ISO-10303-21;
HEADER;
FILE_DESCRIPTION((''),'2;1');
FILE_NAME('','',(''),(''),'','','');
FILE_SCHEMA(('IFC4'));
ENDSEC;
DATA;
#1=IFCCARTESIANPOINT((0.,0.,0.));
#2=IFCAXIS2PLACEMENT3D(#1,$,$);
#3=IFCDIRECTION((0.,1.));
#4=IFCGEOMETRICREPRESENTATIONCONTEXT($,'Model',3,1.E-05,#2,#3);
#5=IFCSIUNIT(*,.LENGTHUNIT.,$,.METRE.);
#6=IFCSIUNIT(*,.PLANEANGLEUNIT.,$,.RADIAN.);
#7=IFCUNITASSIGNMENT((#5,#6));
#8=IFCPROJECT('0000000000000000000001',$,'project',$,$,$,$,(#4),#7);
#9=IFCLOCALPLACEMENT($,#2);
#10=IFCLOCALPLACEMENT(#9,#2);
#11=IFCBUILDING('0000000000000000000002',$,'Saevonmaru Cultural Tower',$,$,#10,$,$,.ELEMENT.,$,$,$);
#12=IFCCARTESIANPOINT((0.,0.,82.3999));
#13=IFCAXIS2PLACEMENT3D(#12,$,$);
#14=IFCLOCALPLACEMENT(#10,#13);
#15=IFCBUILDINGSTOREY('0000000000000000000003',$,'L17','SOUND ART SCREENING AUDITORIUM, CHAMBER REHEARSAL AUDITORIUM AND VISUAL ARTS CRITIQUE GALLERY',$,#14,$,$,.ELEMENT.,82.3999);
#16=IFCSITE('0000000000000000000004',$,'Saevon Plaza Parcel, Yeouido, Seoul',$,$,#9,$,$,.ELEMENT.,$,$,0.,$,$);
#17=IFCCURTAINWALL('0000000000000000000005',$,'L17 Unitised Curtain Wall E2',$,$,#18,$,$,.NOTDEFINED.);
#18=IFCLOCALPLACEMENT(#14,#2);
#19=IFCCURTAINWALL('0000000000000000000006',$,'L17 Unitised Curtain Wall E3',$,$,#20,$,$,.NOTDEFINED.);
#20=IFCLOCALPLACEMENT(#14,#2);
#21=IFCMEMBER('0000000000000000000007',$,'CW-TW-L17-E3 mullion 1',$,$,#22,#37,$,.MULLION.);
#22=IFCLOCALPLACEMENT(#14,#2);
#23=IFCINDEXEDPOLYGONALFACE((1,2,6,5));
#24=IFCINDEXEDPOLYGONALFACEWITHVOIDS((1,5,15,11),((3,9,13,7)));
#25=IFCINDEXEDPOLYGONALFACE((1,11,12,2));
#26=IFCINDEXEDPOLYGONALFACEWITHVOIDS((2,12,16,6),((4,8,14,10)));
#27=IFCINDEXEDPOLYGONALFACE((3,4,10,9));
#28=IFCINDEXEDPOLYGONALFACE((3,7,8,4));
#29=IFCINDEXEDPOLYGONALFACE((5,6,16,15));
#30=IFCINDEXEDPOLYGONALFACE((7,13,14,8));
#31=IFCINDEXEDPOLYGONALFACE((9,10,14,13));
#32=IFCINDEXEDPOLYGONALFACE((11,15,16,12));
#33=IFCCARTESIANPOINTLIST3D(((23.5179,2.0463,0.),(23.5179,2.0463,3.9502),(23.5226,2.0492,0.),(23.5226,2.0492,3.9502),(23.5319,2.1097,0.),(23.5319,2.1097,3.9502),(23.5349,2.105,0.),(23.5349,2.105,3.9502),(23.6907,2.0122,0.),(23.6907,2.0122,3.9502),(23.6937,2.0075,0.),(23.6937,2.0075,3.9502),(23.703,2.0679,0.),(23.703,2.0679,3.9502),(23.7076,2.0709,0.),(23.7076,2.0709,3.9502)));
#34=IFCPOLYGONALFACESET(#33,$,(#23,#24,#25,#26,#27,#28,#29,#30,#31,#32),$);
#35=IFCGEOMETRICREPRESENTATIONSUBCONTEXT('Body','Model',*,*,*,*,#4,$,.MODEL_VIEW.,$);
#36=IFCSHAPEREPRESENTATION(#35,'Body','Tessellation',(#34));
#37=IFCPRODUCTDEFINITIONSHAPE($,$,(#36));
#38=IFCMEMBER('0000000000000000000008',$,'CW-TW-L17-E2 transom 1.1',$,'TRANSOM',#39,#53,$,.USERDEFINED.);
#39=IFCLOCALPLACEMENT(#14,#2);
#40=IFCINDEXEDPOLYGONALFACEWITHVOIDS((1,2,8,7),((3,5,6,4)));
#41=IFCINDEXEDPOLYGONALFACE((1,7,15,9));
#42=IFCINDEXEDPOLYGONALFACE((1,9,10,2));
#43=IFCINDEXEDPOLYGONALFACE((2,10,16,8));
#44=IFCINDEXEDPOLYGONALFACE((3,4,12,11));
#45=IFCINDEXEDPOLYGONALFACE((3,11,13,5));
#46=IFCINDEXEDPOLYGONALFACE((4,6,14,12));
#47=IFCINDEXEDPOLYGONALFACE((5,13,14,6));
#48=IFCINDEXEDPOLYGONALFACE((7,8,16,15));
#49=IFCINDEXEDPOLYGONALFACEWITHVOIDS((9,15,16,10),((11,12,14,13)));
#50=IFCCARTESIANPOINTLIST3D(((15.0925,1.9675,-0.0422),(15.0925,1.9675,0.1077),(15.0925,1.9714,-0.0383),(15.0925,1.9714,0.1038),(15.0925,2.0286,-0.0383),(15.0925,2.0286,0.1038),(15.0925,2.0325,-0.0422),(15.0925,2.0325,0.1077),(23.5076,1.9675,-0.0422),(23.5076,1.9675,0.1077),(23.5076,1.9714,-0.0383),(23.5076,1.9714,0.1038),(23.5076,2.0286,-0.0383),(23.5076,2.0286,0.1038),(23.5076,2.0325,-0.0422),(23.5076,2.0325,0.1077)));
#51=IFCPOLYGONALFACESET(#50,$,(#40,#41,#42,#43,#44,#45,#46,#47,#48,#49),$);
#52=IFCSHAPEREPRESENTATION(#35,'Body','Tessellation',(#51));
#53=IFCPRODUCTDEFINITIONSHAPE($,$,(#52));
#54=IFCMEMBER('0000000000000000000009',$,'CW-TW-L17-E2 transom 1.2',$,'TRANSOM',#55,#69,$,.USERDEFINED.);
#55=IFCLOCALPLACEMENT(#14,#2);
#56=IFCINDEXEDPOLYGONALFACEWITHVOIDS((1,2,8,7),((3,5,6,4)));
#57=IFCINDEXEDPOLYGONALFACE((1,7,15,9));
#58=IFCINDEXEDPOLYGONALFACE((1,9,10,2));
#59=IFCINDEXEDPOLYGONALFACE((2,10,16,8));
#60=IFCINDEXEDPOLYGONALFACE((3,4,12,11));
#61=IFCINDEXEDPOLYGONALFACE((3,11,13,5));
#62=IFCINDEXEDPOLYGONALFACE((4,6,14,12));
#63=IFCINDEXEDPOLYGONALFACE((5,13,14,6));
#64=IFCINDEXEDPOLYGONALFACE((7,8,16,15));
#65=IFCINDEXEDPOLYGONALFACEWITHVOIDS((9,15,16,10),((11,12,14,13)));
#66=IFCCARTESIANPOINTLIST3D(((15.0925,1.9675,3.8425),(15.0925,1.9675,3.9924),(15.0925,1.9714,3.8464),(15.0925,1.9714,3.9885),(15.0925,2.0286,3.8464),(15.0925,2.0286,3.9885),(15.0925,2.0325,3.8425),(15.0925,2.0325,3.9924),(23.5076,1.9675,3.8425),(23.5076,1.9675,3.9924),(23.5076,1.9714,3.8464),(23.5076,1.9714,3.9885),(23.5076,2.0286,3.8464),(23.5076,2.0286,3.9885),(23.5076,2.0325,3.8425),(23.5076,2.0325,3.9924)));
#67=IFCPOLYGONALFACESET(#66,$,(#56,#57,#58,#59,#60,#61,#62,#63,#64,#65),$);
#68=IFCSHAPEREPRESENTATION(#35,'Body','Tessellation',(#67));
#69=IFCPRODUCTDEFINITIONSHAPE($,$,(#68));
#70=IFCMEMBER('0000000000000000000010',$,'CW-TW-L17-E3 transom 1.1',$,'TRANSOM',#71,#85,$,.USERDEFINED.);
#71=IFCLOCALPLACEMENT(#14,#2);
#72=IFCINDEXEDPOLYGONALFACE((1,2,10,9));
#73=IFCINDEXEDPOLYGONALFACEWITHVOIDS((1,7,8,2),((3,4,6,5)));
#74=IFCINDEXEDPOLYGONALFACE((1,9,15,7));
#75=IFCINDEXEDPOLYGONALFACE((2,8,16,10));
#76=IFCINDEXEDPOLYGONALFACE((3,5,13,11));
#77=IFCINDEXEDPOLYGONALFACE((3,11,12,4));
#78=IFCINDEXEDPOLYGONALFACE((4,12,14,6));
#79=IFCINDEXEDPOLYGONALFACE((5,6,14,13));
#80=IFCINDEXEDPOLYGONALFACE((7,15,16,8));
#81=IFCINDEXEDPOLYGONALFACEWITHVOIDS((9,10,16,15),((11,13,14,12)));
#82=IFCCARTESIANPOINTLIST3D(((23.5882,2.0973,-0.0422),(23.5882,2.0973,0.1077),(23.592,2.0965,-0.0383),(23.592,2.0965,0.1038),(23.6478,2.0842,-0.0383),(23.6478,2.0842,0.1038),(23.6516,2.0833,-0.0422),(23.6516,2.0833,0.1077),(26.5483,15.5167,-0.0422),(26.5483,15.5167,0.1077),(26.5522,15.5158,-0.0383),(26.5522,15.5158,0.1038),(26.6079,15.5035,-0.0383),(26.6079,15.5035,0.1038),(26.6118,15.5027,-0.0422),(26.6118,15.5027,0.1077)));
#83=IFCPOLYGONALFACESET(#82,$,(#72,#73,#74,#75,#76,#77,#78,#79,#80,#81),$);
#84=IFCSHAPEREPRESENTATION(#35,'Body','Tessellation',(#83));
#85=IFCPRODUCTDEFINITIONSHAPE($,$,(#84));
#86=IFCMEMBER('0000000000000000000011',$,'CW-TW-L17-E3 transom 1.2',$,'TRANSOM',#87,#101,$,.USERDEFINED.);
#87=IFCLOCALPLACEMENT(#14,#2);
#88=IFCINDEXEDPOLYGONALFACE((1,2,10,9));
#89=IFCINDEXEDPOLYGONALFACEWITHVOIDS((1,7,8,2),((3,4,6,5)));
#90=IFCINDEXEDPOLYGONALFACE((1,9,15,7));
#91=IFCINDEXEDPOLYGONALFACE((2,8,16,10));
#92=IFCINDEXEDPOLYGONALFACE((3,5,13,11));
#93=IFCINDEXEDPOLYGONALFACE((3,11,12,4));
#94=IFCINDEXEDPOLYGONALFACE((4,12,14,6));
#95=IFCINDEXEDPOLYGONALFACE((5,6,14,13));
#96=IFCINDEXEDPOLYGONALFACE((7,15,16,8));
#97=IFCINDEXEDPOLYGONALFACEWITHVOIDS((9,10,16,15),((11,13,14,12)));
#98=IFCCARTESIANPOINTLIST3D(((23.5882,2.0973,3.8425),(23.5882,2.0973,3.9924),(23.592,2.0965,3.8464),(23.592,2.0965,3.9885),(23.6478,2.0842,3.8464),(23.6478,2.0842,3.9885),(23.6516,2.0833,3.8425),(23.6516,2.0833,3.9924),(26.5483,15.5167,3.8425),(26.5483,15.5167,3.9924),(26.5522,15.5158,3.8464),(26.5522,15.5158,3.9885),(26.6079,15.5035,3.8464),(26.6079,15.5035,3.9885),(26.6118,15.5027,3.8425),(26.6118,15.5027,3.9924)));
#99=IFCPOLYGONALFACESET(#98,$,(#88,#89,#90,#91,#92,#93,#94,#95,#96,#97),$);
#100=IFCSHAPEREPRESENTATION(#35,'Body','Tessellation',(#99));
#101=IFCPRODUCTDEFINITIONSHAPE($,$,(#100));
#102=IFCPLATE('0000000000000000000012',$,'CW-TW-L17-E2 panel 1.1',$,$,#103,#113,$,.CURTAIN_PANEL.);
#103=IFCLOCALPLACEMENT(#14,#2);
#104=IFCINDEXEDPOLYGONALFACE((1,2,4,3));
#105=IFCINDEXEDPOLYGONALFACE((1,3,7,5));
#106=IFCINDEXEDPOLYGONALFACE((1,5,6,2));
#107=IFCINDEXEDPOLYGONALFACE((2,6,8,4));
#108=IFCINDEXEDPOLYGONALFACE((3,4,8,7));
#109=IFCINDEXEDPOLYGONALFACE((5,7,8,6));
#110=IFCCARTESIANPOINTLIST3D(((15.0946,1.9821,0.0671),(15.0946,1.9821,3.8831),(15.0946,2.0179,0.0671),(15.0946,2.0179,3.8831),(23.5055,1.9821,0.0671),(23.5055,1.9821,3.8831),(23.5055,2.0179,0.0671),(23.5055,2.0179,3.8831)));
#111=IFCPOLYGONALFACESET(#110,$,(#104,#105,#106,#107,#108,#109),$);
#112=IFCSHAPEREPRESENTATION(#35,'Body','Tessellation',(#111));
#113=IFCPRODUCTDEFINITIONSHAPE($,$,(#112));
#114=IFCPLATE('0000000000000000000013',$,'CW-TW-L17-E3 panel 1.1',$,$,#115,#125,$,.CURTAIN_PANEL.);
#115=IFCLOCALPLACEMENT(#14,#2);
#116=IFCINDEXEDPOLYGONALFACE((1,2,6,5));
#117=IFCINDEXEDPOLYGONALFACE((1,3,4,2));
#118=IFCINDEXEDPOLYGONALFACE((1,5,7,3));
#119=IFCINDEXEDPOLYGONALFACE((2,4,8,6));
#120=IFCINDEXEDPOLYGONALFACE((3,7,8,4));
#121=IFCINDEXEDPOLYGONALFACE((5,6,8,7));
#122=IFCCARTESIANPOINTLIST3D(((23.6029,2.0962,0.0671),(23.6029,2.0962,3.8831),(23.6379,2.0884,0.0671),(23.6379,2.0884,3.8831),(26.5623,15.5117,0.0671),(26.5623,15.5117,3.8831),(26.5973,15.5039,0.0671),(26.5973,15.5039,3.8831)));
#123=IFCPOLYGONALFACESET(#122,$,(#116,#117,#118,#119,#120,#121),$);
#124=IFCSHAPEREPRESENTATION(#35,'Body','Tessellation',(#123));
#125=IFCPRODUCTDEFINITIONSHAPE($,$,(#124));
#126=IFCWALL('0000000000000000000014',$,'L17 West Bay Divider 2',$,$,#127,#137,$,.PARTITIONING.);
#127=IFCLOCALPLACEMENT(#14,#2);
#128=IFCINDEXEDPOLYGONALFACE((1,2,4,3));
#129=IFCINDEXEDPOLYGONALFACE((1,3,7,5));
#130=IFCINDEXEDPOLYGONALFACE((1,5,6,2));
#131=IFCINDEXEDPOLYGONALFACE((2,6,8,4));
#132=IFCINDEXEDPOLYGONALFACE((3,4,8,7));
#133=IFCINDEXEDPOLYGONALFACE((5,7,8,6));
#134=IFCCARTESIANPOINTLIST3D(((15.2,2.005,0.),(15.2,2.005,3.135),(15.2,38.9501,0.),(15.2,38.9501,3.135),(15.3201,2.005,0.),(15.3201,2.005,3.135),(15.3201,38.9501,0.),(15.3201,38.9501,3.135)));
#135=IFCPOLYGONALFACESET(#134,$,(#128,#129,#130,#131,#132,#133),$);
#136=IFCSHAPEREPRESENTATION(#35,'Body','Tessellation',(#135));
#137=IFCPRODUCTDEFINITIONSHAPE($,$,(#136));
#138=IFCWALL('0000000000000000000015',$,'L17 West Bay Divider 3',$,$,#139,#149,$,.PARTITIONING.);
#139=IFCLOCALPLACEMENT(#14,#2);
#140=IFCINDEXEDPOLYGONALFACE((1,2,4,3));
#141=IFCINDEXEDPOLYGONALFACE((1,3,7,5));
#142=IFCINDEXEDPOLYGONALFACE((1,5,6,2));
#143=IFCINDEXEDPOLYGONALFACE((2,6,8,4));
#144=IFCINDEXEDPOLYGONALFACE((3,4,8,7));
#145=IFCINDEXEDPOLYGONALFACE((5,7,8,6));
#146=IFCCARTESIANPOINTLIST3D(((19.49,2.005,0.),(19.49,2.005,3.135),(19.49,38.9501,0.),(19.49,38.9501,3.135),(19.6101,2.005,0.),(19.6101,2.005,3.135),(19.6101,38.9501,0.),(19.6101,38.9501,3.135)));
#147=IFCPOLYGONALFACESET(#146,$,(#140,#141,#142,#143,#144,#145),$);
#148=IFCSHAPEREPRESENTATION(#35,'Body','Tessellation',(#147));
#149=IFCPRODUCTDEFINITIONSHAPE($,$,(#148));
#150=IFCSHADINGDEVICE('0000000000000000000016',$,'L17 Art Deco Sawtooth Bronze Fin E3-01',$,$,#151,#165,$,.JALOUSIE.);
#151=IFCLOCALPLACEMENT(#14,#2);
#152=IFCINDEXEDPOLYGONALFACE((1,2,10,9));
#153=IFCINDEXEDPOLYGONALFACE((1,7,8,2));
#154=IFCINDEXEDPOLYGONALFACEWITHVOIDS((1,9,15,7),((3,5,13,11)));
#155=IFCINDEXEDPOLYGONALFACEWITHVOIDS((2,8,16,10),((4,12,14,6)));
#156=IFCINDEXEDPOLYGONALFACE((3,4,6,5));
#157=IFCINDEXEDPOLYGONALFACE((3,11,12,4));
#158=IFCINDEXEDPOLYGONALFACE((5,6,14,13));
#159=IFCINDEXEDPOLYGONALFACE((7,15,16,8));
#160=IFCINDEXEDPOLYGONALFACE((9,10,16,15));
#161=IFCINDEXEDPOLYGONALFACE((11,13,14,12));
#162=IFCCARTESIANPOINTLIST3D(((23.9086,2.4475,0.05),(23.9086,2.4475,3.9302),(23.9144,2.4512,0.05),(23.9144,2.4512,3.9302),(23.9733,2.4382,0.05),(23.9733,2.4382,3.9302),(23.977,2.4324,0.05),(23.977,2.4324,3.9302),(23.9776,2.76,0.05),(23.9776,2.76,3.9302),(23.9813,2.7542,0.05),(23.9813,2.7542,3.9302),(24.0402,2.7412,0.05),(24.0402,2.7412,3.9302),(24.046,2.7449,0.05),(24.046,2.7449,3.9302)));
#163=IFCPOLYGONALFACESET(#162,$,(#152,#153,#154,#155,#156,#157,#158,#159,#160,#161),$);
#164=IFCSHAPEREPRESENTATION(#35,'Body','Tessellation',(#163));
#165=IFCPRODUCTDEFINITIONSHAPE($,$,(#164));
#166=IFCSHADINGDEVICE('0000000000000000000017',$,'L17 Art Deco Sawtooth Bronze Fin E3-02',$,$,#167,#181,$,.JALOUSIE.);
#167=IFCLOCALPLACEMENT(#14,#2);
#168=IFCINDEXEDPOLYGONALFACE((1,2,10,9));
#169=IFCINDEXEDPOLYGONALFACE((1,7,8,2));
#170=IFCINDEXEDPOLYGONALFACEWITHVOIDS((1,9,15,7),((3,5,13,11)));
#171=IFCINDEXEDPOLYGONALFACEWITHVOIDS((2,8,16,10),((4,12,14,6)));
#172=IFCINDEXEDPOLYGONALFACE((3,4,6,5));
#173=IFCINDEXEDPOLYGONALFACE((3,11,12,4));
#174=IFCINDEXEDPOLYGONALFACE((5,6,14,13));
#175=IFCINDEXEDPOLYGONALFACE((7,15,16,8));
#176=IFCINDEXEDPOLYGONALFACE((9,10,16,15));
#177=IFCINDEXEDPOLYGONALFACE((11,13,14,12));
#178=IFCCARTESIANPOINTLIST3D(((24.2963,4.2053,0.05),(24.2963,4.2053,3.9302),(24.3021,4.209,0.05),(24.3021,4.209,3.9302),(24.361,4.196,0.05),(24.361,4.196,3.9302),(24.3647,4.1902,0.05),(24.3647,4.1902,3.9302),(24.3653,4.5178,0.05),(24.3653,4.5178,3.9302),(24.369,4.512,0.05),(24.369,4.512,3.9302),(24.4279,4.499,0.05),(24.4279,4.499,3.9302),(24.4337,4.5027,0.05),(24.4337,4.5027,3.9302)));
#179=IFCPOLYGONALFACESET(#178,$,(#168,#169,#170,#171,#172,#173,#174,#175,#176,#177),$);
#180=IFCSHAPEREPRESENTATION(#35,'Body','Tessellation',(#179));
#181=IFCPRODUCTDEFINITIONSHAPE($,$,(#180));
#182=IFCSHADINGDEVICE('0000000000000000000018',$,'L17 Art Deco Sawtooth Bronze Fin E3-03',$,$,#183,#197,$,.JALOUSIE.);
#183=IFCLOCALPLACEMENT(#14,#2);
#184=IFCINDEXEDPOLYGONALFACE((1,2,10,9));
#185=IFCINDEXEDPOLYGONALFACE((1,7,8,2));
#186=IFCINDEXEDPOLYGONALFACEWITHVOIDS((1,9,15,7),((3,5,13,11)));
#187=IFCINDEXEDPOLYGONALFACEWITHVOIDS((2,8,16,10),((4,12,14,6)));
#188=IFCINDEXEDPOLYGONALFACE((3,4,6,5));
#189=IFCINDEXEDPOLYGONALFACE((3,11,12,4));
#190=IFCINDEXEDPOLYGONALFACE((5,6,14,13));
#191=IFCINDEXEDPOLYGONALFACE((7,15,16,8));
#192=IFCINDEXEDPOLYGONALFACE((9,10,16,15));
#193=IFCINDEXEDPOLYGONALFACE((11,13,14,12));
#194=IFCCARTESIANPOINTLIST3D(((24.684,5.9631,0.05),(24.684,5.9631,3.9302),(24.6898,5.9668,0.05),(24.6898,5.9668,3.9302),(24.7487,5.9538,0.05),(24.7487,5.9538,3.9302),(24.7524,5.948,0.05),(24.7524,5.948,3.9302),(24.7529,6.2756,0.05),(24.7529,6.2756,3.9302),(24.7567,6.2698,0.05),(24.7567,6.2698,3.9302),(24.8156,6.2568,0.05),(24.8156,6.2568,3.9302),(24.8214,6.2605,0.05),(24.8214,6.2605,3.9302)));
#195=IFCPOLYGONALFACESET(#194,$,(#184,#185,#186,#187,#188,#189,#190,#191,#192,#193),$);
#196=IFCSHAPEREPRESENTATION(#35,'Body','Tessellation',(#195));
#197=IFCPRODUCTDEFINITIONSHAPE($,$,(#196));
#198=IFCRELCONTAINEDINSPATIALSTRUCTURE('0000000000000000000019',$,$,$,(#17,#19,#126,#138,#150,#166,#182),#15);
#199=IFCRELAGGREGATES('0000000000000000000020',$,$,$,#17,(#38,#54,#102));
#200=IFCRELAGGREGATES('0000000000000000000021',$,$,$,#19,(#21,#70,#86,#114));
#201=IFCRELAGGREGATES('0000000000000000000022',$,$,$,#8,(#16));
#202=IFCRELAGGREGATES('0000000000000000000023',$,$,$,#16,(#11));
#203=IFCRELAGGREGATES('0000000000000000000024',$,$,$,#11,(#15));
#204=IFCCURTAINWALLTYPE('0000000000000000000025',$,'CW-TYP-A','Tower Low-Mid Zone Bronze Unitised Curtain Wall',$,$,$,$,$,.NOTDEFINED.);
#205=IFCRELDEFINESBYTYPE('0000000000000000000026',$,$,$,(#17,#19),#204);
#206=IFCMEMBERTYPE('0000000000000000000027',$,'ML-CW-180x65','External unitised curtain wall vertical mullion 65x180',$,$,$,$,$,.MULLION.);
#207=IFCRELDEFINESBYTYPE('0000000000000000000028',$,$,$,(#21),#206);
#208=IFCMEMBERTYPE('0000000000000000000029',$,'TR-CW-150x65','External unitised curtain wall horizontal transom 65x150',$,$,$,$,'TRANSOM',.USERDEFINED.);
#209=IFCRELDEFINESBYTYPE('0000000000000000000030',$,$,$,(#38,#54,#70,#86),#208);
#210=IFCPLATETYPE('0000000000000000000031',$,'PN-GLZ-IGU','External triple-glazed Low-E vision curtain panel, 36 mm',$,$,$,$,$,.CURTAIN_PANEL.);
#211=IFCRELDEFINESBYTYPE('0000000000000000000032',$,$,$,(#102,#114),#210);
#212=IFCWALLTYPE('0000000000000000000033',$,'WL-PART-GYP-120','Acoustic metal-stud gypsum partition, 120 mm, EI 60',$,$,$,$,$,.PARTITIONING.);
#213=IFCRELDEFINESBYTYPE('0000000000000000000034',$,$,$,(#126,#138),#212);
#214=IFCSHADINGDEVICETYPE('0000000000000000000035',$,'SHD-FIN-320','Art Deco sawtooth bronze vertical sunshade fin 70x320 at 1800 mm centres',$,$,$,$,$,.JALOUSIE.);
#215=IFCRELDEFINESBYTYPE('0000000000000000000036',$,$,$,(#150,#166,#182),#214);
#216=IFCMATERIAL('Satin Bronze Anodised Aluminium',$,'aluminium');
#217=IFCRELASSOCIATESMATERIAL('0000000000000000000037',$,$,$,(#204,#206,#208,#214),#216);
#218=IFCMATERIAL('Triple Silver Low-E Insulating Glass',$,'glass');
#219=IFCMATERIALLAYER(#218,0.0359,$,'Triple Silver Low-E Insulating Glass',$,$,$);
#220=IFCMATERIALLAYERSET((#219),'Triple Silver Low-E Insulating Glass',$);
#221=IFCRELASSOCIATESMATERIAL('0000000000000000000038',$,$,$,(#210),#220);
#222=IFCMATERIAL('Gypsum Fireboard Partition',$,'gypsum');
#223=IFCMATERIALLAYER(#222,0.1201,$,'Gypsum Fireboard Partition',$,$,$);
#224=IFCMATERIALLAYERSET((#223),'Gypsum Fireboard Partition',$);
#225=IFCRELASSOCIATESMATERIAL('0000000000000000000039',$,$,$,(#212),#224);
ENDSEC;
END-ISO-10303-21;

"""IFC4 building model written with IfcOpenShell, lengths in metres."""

from ifc_helpers import new_model, si_unit, direction, frame, frame_2d, origin, origin_2d, place, context, subcontext, project, spatial, rectangle, hollow_rectangle, extrude, material, layer, layer_set, material_profile, profile_set, type_object, element, aggregate, save


model = new_model("IFC4")

# Units and contexts
model_context = context("Model", 3, precision=1e-05, world=origin(), true_north=direction((0.0, 1.0)))
body_context = subcontext(model_context, "Body", "Model", "MODEL_VIEW")
ifc_project = project(units=[si_unit("LENGTHUNIT", "METRE"), si_unit("PLANEANGLEUNIT", "RADIAN")], contexts=[model_context])

# Site, building, storey
site_placement = place(None, origin())
site = spatial("IfcSite", under=ifc_project, at=site_placement, Name="Saevon Plaza Parcel, Yeouido, Seoul", CompositionType="ELEMENT", RefElevation=0.0)
building_placement = place(site_placement, origin())
building = spatial("IfcBuilding", under=site, at=building_placement, Name="Saevonmaru Cultural Tower", CompositionType="ELEMENT")
storey_placement = place(building_placement, frame((0.0, 0.0, 82.3999)))
storey = spatial("IfcBuildingStorey", under=building, at=storey_placement, Name="L17", Description="SOUND ART SCREENING AUDITORIUM, CHAMBER REHEARSAL AUDITORIUM AND VISUAL ARTS CRITIQUE GALLERY", CompositionType="ELEMENT", Elevation=82.3999)

# Curtain wall
ifc_material_1 = material(Name="Satin Bronze Anodised Aluminium", Category="aluminium")
curtain_wall_type = type_object("IfcCurtainWallType", Name="CW-TYP-A", Description="Tower Low-Mid Zone Bronze Unitised Curtain Wall", PredefinedType="NOTDEFINED", material=ifc_material_1)
curtain_wall_1_placement = place(storey_placement, origin())
curtain_wall_1 = element("IfcCurtainWall", 1, at=curtain_wall_1_placement, inside=storey, type_object=curtain_wall_type, Name="L17 Unitised Curtain Wall E2", PredefinedType="NOTDEFINED")
ifc_material_profile_1 = material_profile(ifc_material_1, hollow_rectangle(XDim=0.0649, YDim=0.1799, WallThickness=0.0039, at=origin_2d()), Name="ALU-MULL-180x65x4")
ifc_profile_set_1 = profile_set([ifc_material_profile_1], Name="Satin Bronze Anodised Aluminium")
member_type_1 = type_object("IfcMemberType", Name="ML-CW-180x65", Description="External unitised curtain wall vertical mullion 65x180", PredefinedType="MULLION", material=ifc_profile_set_1)

# Curtain wall, member
curtain_wall_2_placement = place(storey_placement, origin())
curtain_wall_2 = element("IfcCurtainWall", 2, at=curtain_wall_2_placement, inside=storey, type_object=curtain_wall_type, Name="L17 Unitised Curtain Wall E3", PredefinedType="NOTDEFINED")
member_1_placement = place(storey_placement, frame((23.6128, 2.0586, 0.0), z_axis=(0.0, 0.0, 1.0), x_axis=(0.215413, 0.976523, 0.0)))
member_1 = element("IfcMember", 3, at=member_1_placement, type_object=member_type_1, Name="CW-TW-L17-E3 mullion 1", PredefinedType="MULLION", context=body_context, shape_type="SweptSolid", body=[
    extrude(hollow_rectangle(XDim=0.0649, YDim=0.1799, WallThickness=0.0039, at=origin_2d()), origin(), (0.0, 0.0, 1.0), 3.9502),
])

# Members
ifc_material_profile_2 = material_profile(ifc_material_1, hollow_rectangle(XDim=0.0649, YDim=0.1499, WallThickness=0.0039, at=origin_2d()), Name="ALU-TRAN-150x65x4")
ifc_profile_set_2 = profile_set([ifc_material_profile_2], Name="Satin Bronze Anodised Aluminium")
member_type_2 = type_object("IfcMemberType", Name="TR-CW-150x65", Description="External unitised curtain wall horizontal transom 65x150", ElementType="TRANSOM", PredefinedType="USERDEFINED", material=ifc_profile_set_2)
member_2_placement = place(storey_placement, frame((15.0925, 2.0, 0.0327), z_axis=(1.0, 0.0, 0.0), x_axis=(0.0, 1.0, 0.0)))
member_2 = element("IfcMember", 4, at=member_2_placement, type_object=member_type_2, Name="CW-TW-L17-E2 transom 1.1", ObjectType="TRANSOM", PredefinedType="USERDEFINED", context=body_context, shape_type="SweptSolid", body=[
    extrude(hollow_rectangle(XDim=0.0649, YDim=0.1499, WallThickness=0.0039, at=origin_2d()), origin(), (0.0, 0.0, 1.0), 8.415),
])
member_3_placement = place(storey_placement, frame((15.0925, 2.0, 3.9175), z_axis=(1.0, 0.0, 0.0), x_axis=(0.0, 1.0, 0.0)))
member_3 = element("IfcMember", 5, at=member_3_placement, type_object=member_type_2, Name="CW-TW-L17-E2 transom 1.2", ObjectType="TRANSOM", PredefinedType="USERDEFINED", context=body_context, shape_type="SweptSolid", body=[
    extrude(hollow_rectangle(XDim=0.0649, YDim=0.1499, WallThickness=0.0039, at=origin_2d()), origin(), (0.0, 0.0, 1.0), 8.415),
])
member_4_placement = place(storey_placement, frame((23.6199, 2.0903, 0.0327), z_axis=(0.215412, 0.976523, 0.0), x_axis=(-0.976523, 0.215412, 0.0)))
member_4 = element("IfcMember", 6, at=member_4_placement, type_object=member_type_2, Name="CW-TW-L17-E3 transom 1.1", ObjectType="TRANSOM", PredefinedType="USERDEFINED", context=body_context, shape_type="SweptSolid", body=[
    extrude(hollow_rectangle(XDim=0.0649, YDim=0.1499, WallThickness=0.0039, at=origin_2d()), origin(), (0.0, 0.0, 1.0), 13.7419),
])
member_5_placement = place(storey_placement, frame((23.6199, 2.0903, 3.9175), z_axis=(0.215412, 0.976523, 0.0), x_axis=(-0.976523, 0.215412, 0.0)))
member_5 = element("IfcMember", 7, at=member_5_placement, type_object=member_type_2, Name="CW-TW-L17-E3 transom 1.2", ObjectType="TRANSOM", PredefinedType="USERDEFINED", context=body_context, shape_type="SweptSolid", body=[
    extrude(hollow_rectangle(XDim=0.0649, YDim=0.1499, WallThickness=0.0039, at=origin_2d()), origin(), (0.0, 0.0, 1.0), 13.7419),
])

# Plates
ifc_material_2 = material(Name="Triple Silver Low-E Insulating Glass", Category="glass")
ifc_layer_1 = layer(ifc_material_2, 0.0359, Name="Triple Silver Low-E Insulating Glass")
ifc_layer_set_1 = layer_set([ifc_layer_1], Name="Triple Silver Low-E Insulating Glass")
plate_type = type_object("IfcPlateType", Name="PN-GLZ-IGU", Description="External triple-glazed Low-E vision curtain panel, 36 mm", PredefinedType="CURTAIN_PANEL", material=ifc_layer_set_1)
plate_1_placement = place(storey_placement, frame((19.3, 2.0, 0.0671), z_axis=(0.0, 0.0, 1.0), x_axis=(1.0, 0.0, 0.0)))
plate_1 = element("IfcPlate", 8, at=plate_1_placement, type_object=plate_type, Name="CW-TW-L17-E2 panel 1.1", PredefinedType="CURTAIN_PANEL", context=body_context, shape_type="SweptSolid", body=[
    extrude(rectangle(XDim=8.4109, YDim=0.0359, at=origin_2d()), origin(), (0.0, 0.0, 1.0), 3.8159),
])
aggregate(curtain_wall_1, [member_2, member_3, plate_1])
plate_2_placement = place(storey_placement, frame((25.1001, 8.8, 0.0671), z_axis=(0.0, 0.0, 1.0), x_axis=(0.215413, 0.976523, 0.0)))
plate_2 = element("IfcPlate", 9, at=plate_2_placement, type_object=plate_type, Name="CW-TW-L17-E3 panel 1.1", PredefinedType="CURTAIN_PANEL", context=body_context, shape_type="SweptSolid", body=[
    extrude(rectangle(XDim=13.738, YDim=0.0359, at=origin_2d()), origin(), (0.0, 0.0, 1.0), 3.8159),
])
aggregate(curtain_wall_2, [member_1, member_4, member_5, plate_2])

# Walls
ifc_material_3 = material(Name="Gypsum Fireboard Partition", Category="gypsum")
ifc_layer_2 = layer(ifc_material_3, 0.1201, Name="Gypsum Fireboard Partition")
ifc_layer_set_2 = layer_set([ifc_layer_2], Name="Gypsum Fireboard Partition")
wall_type = type_object("IfcWallType", Name="WL-PART-GYP-120", Description="Acoustic metal-stud gypsum partition, 120 mm, EI 60", PredefinedType="PARTITIONING", material=ifc_layer_set_2)
for number, where, z_axis, x_axis, name in (
    (10, (15.26, 2.0049, 0.0), (0.0, 0.0, 1.0), (0.0, 1.0, 0.0), "L17 West Bay Divider 2"),
    (11, (19.55, 2.0049, 0.0), (0.0, 0.0, 1.0), (0.0, 1.0, 0.0), "L17 West Bay Divider 3"),
):
    element("IfcWall", number, at=place(storey_placement, frame(where, z_axis=z_axis, x_axis=x_axis)), inside=storey, type_object=wall_type, Name=name, PredefinedType="PARTITIONING", context=body_context, shape_type="SweptSolid", body=[
        extrude(rectangle(XDim=36.9451, YDim=0.1201, at=frame_2d((18.4727, 0.0))), origin(), (0.0, 0.0, 1.0), 3.135),
    ])

# Shading devices
ifc_material_profile_3 = material_profile(ifc_material_1, hollow_rectangle(XDim=0.0701, YDim=0.3201, WallThickness=0.0049, at=origin_2d()), Name="FIN-320x70")
ifc_profile_set_3 = profile_set([ifc_material_profile_3], Name="Satin Bronze Anodised Aluminium")
shading_device_type = type_object("IfcShadingDeviceType", Name="SHD-FIN-320", Description="Art Deco sawtooth bronze vertical sunshade fin 70x320 at 1800 mm centres", PredefinedType="JALOUSIE", material=ifc_profile_set_3)
for number, where, z_axis, x_axis, name in (
    (12, (23.9773, 2.5962, 0.05), (0.0, 0.0, 1.0), (0.976522, -0.215417, 0.0), "L17 Art Deco Sawtooth Bronze Fin E3-01"),
    (13, (24.365, 4.354, 0.05), (0.0, 0.0, 1.0), (0.976522, -0.215417, 0.0), "L17 Art Deco Sawtooth Bronze Fin E3-02"),
    (14, (24.7527, 6.1118, 0.05), (0.0, 0.0, 1.0), (0.976522, -0.215417, 0.0), "L17 Art Deco Sawtooth Bronze Fin E3-03"),
):
    element("IfcShadingDevice", number, at=place(storey_placement, frame(where, z_axis=z_axis, x_axis=x_axis)), inside=storey, type_object=shading_device_type, Name=name, PredefinedType="JALOUSIE", context=body_context, shape_type="SweptSolid", body=[
        extrude(hollow_rectangle(XDim=0.0701, YDim=0.3201, WallThickness=0.0049, at=origin_2d()), origin(), (0.0, 0.0, 1.0), 3.8801),
    ])

save(model, "model.ifc")
